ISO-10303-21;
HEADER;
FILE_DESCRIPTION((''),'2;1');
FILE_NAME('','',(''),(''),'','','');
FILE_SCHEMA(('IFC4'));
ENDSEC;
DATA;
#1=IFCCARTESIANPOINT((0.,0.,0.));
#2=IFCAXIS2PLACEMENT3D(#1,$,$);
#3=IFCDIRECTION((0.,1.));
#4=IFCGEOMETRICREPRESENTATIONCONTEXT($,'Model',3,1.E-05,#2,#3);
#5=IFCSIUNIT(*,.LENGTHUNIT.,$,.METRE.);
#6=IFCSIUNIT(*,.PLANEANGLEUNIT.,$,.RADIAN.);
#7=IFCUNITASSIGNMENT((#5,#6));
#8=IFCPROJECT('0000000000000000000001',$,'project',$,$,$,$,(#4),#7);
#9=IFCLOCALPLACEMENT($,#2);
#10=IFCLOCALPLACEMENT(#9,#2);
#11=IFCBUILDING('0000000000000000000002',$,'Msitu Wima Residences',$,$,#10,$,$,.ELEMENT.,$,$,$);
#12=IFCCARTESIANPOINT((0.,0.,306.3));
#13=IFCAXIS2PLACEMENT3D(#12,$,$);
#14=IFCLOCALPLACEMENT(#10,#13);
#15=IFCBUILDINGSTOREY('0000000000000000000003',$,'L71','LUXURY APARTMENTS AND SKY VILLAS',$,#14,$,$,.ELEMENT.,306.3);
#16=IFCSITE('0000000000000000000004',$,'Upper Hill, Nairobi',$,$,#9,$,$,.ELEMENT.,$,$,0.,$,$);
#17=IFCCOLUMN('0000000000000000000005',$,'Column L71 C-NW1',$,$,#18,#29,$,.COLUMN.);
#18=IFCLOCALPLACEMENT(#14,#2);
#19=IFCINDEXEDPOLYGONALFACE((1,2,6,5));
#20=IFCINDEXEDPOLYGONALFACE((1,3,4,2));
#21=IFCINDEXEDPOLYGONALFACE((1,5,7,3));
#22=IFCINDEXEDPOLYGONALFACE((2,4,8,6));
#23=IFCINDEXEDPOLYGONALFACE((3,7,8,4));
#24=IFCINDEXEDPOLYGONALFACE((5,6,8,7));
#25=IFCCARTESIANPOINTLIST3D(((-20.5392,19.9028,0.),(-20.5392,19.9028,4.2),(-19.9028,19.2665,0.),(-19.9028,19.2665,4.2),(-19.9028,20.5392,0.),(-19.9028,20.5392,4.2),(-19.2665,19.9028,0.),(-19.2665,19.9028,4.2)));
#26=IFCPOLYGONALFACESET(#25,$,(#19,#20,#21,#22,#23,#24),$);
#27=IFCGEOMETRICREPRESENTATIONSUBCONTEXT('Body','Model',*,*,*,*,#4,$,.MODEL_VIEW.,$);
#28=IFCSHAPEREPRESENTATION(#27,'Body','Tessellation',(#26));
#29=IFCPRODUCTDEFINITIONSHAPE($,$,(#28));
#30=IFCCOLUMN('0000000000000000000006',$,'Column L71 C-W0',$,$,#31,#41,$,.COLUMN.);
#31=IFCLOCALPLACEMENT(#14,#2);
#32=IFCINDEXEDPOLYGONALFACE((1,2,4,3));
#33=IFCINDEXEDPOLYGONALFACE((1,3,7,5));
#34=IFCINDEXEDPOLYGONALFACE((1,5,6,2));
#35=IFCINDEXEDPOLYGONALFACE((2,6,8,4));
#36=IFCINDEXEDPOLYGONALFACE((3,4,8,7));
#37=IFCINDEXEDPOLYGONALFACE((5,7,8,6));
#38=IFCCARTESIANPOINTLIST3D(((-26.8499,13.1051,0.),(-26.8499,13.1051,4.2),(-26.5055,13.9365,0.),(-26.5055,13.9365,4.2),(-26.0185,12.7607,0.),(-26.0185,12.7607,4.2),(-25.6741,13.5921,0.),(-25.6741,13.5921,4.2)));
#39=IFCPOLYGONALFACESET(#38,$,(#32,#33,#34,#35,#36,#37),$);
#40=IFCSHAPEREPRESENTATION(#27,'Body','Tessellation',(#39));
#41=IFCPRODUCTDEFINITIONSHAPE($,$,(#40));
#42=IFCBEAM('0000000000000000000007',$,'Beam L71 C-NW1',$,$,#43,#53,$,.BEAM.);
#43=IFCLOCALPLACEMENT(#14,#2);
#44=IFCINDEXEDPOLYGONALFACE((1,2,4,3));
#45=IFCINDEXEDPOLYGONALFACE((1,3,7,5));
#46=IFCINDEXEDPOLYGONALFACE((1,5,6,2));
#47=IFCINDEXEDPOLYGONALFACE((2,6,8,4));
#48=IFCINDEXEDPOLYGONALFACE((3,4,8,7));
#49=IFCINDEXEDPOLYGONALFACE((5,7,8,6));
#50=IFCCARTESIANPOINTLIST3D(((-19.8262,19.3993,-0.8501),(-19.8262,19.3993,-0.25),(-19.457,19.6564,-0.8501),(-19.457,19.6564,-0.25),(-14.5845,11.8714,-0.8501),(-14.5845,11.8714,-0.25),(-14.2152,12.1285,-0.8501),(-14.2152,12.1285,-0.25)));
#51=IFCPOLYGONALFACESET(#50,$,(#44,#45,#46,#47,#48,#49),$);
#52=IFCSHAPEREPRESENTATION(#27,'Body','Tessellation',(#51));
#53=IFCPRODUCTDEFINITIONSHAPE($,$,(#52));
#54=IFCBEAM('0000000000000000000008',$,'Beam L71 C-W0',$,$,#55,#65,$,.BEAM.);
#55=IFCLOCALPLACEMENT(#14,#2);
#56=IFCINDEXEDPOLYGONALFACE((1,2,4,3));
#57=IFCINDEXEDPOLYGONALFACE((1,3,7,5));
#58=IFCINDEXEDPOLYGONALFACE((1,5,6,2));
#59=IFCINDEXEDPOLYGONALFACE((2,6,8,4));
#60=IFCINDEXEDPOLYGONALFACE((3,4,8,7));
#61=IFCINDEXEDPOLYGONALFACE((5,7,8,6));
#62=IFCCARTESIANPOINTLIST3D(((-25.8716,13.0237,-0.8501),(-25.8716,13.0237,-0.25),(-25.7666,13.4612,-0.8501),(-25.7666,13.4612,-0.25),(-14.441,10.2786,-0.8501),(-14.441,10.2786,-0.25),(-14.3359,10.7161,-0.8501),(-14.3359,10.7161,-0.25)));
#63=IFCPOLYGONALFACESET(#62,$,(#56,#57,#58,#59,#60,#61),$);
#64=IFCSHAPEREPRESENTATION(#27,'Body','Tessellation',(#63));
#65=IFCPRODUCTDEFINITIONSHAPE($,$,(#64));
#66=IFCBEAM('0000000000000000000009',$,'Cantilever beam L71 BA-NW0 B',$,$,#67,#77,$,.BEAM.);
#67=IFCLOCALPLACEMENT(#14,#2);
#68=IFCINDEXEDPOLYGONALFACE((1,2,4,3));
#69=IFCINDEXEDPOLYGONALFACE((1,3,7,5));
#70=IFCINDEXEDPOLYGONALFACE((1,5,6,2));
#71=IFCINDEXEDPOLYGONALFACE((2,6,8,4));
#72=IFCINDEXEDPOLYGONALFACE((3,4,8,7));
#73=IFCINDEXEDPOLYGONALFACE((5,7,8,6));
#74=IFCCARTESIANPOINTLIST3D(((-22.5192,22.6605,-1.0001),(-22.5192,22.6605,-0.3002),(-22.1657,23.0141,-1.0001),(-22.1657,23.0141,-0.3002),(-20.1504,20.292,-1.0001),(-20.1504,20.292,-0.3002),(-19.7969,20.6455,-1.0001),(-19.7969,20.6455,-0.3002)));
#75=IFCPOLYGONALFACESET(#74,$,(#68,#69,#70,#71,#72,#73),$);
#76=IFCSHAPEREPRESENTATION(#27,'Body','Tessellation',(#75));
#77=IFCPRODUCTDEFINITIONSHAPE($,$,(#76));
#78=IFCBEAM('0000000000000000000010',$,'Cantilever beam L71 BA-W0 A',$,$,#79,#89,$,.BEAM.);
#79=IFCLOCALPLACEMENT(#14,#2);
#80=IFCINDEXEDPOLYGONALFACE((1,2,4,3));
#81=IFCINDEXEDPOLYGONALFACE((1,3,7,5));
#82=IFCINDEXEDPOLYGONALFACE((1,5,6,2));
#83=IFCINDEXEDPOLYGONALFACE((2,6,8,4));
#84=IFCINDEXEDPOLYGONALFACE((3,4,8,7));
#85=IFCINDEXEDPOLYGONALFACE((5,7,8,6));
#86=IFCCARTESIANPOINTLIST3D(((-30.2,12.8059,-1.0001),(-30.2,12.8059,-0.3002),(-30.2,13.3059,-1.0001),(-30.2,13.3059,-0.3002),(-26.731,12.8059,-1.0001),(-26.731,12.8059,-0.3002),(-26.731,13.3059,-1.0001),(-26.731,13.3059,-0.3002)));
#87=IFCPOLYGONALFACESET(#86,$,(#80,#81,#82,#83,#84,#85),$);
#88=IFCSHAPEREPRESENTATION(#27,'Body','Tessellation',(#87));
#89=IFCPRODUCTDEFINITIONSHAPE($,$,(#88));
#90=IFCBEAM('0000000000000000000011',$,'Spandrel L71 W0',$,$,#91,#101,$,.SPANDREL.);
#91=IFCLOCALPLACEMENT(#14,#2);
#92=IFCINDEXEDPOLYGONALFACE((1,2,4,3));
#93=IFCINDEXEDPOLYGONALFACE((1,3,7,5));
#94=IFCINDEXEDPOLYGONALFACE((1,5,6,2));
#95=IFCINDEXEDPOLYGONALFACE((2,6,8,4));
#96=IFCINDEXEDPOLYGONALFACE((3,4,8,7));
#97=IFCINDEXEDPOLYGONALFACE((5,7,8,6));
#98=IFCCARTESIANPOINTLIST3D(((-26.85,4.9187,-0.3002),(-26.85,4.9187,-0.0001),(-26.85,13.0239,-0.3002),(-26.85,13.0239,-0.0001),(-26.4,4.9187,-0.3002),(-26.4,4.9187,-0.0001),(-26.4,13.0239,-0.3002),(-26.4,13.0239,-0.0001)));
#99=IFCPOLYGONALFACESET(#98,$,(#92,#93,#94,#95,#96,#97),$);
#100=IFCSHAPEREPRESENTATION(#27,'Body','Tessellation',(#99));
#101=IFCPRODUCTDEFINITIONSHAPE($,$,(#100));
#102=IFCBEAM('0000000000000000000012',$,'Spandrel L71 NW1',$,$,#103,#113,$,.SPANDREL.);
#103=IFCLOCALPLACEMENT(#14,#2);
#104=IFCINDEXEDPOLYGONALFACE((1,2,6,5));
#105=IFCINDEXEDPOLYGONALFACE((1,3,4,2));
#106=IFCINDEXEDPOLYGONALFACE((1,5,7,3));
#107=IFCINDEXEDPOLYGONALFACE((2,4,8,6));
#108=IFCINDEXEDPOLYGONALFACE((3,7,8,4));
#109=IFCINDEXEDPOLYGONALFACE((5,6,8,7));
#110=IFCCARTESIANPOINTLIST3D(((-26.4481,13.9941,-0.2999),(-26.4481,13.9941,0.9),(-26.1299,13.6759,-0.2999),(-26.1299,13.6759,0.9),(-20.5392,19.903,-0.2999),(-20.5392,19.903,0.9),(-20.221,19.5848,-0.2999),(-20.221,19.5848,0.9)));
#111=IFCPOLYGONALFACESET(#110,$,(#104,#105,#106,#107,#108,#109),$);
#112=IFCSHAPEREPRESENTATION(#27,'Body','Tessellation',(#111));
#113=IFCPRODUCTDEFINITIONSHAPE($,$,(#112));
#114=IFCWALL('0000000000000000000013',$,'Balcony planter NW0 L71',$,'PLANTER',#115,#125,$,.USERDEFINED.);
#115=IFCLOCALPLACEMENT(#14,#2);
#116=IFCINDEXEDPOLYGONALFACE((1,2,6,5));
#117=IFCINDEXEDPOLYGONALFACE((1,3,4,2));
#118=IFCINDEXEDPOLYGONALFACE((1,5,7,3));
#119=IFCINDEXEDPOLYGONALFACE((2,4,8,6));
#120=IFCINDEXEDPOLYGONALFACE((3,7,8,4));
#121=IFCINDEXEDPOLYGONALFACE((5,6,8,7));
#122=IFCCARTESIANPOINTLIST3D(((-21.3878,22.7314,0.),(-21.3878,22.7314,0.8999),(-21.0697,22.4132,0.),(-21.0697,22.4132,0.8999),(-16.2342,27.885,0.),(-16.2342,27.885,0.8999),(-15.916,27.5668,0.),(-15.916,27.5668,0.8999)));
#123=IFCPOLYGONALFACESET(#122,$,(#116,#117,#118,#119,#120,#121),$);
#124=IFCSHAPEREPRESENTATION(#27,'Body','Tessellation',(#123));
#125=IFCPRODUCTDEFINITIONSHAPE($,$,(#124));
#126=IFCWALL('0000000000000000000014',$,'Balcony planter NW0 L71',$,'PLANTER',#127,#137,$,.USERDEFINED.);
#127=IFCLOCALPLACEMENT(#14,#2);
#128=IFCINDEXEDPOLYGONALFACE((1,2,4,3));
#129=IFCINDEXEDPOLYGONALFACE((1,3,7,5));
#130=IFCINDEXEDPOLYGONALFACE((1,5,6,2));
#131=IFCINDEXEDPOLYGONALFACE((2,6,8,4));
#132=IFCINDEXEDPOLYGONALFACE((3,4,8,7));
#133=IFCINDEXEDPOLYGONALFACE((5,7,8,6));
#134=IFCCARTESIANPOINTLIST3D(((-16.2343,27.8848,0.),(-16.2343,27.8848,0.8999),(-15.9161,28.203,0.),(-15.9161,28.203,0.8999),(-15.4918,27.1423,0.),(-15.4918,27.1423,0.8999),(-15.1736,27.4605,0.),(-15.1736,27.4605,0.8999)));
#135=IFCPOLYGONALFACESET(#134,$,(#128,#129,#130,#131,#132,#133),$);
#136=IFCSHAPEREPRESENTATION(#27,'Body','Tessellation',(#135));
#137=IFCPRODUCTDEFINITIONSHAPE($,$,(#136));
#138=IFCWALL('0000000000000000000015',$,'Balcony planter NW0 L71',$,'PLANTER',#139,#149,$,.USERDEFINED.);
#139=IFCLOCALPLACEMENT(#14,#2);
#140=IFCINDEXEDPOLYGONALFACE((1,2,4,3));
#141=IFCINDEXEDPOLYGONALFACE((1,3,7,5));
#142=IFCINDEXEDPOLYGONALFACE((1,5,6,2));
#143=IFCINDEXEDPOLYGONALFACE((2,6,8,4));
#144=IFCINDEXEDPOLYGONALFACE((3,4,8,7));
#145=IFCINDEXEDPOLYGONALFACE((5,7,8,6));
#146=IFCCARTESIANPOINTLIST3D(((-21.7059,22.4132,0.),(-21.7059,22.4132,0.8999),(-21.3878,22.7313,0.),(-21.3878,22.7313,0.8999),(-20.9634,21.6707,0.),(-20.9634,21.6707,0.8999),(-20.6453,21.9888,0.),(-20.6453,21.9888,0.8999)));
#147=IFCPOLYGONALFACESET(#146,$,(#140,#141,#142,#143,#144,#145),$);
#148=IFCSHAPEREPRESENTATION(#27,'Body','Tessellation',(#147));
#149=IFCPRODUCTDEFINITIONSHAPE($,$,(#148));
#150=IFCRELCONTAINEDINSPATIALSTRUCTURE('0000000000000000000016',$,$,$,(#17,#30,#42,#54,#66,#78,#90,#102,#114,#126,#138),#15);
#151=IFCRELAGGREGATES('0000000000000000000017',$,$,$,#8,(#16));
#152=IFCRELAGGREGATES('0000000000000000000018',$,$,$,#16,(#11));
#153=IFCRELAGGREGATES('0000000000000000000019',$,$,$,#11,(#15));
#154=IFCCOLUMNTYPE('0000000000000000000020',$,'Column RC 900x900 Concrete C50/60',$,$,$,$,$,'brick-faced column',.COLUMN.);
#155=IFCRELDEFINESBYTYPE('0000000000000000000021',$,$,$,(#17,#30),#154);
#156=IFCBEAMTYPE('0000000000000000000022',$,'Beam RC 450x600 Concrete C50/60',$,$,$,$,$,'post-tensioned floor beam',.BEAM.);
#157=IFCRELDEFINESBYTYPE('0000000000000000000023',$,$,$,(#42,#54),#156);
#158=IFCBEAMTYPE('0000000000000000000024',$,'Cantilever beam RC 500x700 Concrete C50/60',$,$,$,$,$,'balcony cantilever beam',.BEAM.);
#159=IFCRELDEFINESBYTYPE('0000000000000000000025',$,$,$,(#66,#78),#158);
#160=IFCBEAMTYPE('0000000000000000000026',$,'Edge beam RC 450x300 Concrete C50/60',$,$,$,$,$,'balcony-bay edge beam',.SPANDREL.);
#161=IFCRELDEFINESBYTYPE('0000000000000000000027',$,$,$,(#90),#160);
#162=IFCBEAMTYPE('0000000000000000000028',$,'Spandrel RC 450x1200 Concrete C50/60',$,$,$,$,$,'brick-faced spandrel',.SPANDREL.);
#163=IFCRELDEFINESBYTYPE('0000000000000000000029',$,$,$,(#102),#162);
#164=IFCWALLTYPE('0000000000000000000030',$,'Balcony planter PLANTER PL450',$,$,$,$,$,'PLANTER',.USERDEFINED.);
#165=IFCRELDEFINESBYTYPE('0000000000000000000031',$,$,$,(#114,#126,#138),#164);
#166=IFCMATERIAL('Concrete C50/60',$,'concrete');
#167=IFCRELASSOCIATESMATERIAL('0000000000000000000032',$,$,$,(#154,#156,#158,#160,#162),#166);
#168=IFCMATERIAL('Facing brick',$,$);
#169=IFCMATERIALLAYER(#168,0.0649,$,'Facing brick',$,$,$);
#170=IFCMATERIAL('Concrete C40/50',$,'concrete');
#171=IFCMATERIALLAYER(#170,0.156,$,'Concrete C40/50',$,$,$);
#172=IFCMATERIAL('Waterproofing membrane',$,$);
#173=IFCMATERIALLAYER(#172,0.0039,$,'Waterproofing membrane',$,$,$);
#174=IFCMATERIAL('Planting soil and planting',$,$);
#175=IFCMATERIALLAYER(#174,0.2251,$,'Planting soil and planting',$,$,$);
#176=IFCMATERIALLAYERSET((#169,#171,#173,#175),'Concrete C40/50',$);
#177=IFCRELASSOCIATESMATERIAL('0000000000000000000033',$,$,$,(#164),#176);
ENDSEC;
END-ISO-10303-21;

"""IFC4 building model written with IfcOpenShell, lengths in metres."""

from ifc_helpers import new_model, si_unit, direction, frame, frame_2d, origin, origin_2d, place, context, subcontext, project, spatial, rectangle, extrude, material, layer, layer_set, material_profile, profile_set, type_object, element, save


model = new_model("IFC4")

# Units and contexts
model_context = context("Model", 3, precision=1e-05, world=origin(), true_north=direction((0.0, 1.0)))
body_context = subcontext(model_context, "Body", "Model", "MODEL_VIEW")
ifc_project = project(units=[si_unit("LENGTHUNIT", "METRE"), si_unit("PLANEANGLEUNIT", "RADIAN")], contexts=[model_context])

# Site, building, storey
site_placement = place(None, origin())
site = spatial("IfcSite", under=ifc_project, at=site_placement, Name="Upper Hill, Nairobi", CompositionType="ELEMENT", RefElevation=0.0)
building_placement = place(site_placement, origin())
building = spatial("IfcBuilding", under=site, at=building_placement, Name="Msitu Wima Residences", CompositionType="ELEMENT")
storey_placement = place(building_placement, frame((0.0, 0.0, 306.3)))
storey = spatial("IfcBuildingStorey", under=building, at=storey_placement, Name="L71", Description="LUXURY APARTMENTS AND SKY VILLAS", CompositionType="ELEMENT", Elevation=306.3)

# Columns
ifc_material_1 = material(Name="Concrete C50/60", Category="concrete")
ifc_material_profile_1 = material_profile(ifc_material_1, rectangle(XDim=0.8999, YDim=0.8999, at=origin_2d()), Name="RC 900x900")
ifc_profile_set_1 = profile_set([ifc_material_profile_1], Name="Concrete C50/60")
column_type = type_object("IfcColumnType", Name="Column RC 900x900 Concrete C50/60", ElementType="brick-faced column", PredefinedType="COLUMN", material=ifc_profile_set_1)
for number, where, z_axis, x_axis, name in (
    (1, (-19.9028, 19.9028, 0.0), (0.0, 0.0, 1.0), (-0.707107, -0.707107, 0.0), "Column L71 C-NW1"),
    (2, (-26.262, 13.3486, 0.0), (0.0, 0.0, 1.0), (-0.382683, -0.92388, 0.0), "Column L71 C-W0"),
):
    element("IfcColumn", number, at=place(storey_placement, frame(where, z_axis=z_axis, x_axis=x_axis)), inside=storey, type_object=column_type, Name=name, PredefinedType="COLUMN", context=body_context, shape_type="SweptSolid", body=[
        extrude(rectangle(XDim=0.8999, YDim=0.8999, at=origin_2d()), origin(), (0.0, 0.0, 1.0), 4.2),
    ])

# Beams
ifc_material_profile_2 = material_profile(ifc_material_1, rectangle(XDim=0.45, YDim=0.6001, at=origin_2d()), Name="RC 450x600")
ifc_profile_set_2 = profile_set([ifc_material_profile_2], Name="Concrete C50/60")
beam_type_1 = type_object("IfcBeamType", Name="Beam RC 450x600 Concrete C50/60", ElementType="post-tensioned floor beam", PredefinedType="BEAM", material=ifc_profile_set_2)
beam_1_placement = place(storey_placement, frame((-19.6416, 19.5278, -0.55), z_axis=(0.571428, -0.820652, 0.0), x_axis=(0.820652, 0.571428, 0.0)))
element("IfcBeam", 3, at=beam_1_placement, inside=storey, type_object=beam_type_1, Name="Beam L71 C-NW1", PredefinedType="BEAM", context=body_context, shape_type="SweptSolid", body=[
    extrude(rectangle(XDim=0.45, YDim=0.6001, at=origin_2d()), origin(), (0.0, 0.0, 1.0), 9.1731),
])
beam_2_placement = place(storey_placement, frame((-25.8191, 13.2424, -0.55), z_axis=(0.972353, -0.233514, 0.0), x_axis=(0.233514, 0.972353, 0.0)))
element("IfcBeam", 4, at=beam_2_placement, inside=storey, type_object=beam_type_1, Name="Beam L71 C-W0", PredefinedType="BEAM", context=body_context, shape_type="SweptSolid", body=[
    extrude(rectangle(XDim=0.45, YDim=0.6001, at=origin_2d()), origin(), (0.0, 0.0, 1.0), 11.7556),
])
ifc_material_profile_3 = material_profile(ifc_material_1, rectangle(XDim=0.5, YDim=0.7, at=origin_2d()), Name="RC 500x700")
ifc_profile_set_3 = profile_set([ifc_material_profile_3], Name="Concrete C50/60")
beam_type_2 = type_object("IfcBeamType", Name="Cantilever beam RC 500x700 Concrete C50/60", ElementType="balcony cantilever beam", PredefinedType="BEAM", material=ifc_profile_set_3)
beam_3_placement = place(storey_placement, frame((-19.9736, 20.4688, -0.6501), z_axis=(-0.707143, 0.70707, 0.0), x_axis=(-0.70707, -0.707143, 0.0)))
element("IfcBeam", 5, at=beam_3_placement, inside=storey, type_object=beam_type_2, Name="Cantilever beam L71 BA-NW0 B", PredefinedType="BEAM", context=body_context, shape_type="SweptSolid", body=[
    extrude(rectangle(XDim=0.5, YDim=0.7, at=origin_2d()), origin(), (0.0, 0.0, 1.0), 3.3499),
])
beam_4_placement = place(storey_placement, frame((-26.731, 13.0559, -0.6501), z_axis=(-1.0, 0.0, 0.0), x_axis=(0.0, -1.0, 0.0)))
element("IfcBeam", 6, at=beam_4_placement, inside=storey, type_object=beam_type_2, Name="Cantilever beam L71 BA-W0 A", PredefinedType="BEAM", context=body_context, shape_type="SweptSolid", body=[
    extrude(rectangle(XDim=0.5, YDim=0.7, at=origin_2d()), origin(), (0.0, 0.0, 1.0), 3.469),
])
ifc_material_profile_4 = material_profile(ifc_material_1, rectangle(XDim=0.45, YDim=0.3, at=origin_2d()), Name="RC 450x300")
ifc_profile_set_4 = profile_set([ifc_material_profile_4], Name="Concrete C50/60")
beam_type_3 = type_object("IfcBeamType", Name="Edge beam RC 450x300 Concrete C50/60", ElementType="balcony-bay edge beam", PredefinedType="SPANDREL", material=ifc_profile_set_4)
beam_5_placement = place(storey_placement, frame((-26.625, 13.0239, -0.1501), z_axis=(0.0, -1.0, 0.0), x_axis=(1.0, 0.0, 0.0)))
element("IfcBeam", 7, at=beam_5_placement, inside=storey, type_object=beam_type_3, Name="Spandrel L71 W0", PredefinedType="SPANDREL", context=body_context, shape_type="SweptSolid", body=[
    extrude(rectangle(XDim=0.45, YDim=0.3, at=origin_2d()), origin(), (0.0, 0.0, 1.0), 8.1052),
])
ifc_material_profile_5 = material_profile(ifc_material_1, rectangle(XDim=0.45, YDim=1.2, at=origin_2d()), Name="RC 450x1200")
ifc_profile_set_5 = profile_set([ifc_material_profile_5], Name="Concrete C50/60")
beam_type_4 = type_object("IfcBeamType", Name="Spandrel RC 450x1200 Concrete C50/60", ElementType="brick-faced spandrel", PredefinedType="SPANDREL", material=ifc_profile_set_5)
beam_6_placement = place(storey_placement, frame((-20.3801, 19.7439, 0.3), z_axis=(-0.707107, -0.707107, 0.0), x_axis=(0.707107, -0.707107, 0.0)))
element("IfcBeam", 8, at=beam_6_placement, inside=storey, type_object=beam_type_4, Name="Spandrel L71 NW1", PredefinedType="SPANDREL", context=body_context, shape_type="SweptSolid", body=[
    extrude(rectangle(XDim=0.45, YDim=1.2, at=origin_2d()), origin(), (0.0, 0.0, 1.0), 8.3564),
])

# Walls
ifc_material_2 = material(Name="Facing brick")
ifc_layer_1 = layer(ifc_material_2, 0.0649, Name="Facing brick")
ifc_material_3 = material(Name="Concrete C40/50", Category="concrete")
ifc_layer_2 = layer(ifc_material_3, 0.156, Name="Concrete C40/50")
ifc_material_4 = material(Name="Waterproofing membrane")
ifc_layer_3 = layer(ifc_material_4, 0.0039, Name="Waterproofing membrane")
ifc_material_5 = material(Name="Planting soil and planting")
ifc_layer_4 = layer(ifc_material_5, 0.2251, Name="Planting soil and planting")
ifc_layer_set_1 = layer_set([ifc_layer_1, ifc_layer_2, ifc_layer_3, ifc_layer_4], Name="Concrete C40/50")
wall_type_1 = type_object("IfcWallType", Name="Balcony planter PLANTER PL450", ElementType="PLANTER", PredefinedType="USERDEFINED", material=ifc_layer_set_1)
wall_1_placement = place(storey_placement, frame((-16.0752, 27.7258, 0.0), z_axis=(0.0, 0.0, 1.0), x_axis=(-0.707107, -0.707107, 0.0)))
element("IfcWall", 9, at=wall_1_placement, inside=storey, type_object=wall_type_1, Name="Balcony planter NW0 L71", ObjectType="PLANTER", PredefinedType="USERDEFINED", context=body_context, shape_type="SweptSolid", body=[
    extrude(rectangle(XDim=7.2883, YDim=0.45, at=frame_2d((3.644, 0.0))), origin(), (0.0, 0.0, 1.0), 0.8999),
])
for number, where, z_axis, x_axis, name in (
    (10, (-15.3328, 27.3015, 0.0), (0.0, 0.0, 1.0), (-0.707107, 0.707107, 0.0), "Balcony planter NW0 L71"),
    (11, (-20.8044, 21.8298, 0.0), (0.0, 0.0, 1.0), (-0.707107, 0.707107, 0.0), "Balcony planter NW0 L71"),
):
    element("IfcWall", number, at=place(storey_placement, frame(where, z_axis=z_axis, x_axis=x_axis)), inside=storey, type_object=wall_type_1, Name=name, ObjectType="PLANTER", PredefinedType="USERDEFINED", context=body_context, shape_type="SweptSolid", body=[
        extrude(rectangle(XDim=1.05, YDim=0.45, at=frame_2d((0.5249, 0.0))), origin(), (0.0, 0.0, 1.0), 0.8999),
    ])

save(model, "model.ifc")
